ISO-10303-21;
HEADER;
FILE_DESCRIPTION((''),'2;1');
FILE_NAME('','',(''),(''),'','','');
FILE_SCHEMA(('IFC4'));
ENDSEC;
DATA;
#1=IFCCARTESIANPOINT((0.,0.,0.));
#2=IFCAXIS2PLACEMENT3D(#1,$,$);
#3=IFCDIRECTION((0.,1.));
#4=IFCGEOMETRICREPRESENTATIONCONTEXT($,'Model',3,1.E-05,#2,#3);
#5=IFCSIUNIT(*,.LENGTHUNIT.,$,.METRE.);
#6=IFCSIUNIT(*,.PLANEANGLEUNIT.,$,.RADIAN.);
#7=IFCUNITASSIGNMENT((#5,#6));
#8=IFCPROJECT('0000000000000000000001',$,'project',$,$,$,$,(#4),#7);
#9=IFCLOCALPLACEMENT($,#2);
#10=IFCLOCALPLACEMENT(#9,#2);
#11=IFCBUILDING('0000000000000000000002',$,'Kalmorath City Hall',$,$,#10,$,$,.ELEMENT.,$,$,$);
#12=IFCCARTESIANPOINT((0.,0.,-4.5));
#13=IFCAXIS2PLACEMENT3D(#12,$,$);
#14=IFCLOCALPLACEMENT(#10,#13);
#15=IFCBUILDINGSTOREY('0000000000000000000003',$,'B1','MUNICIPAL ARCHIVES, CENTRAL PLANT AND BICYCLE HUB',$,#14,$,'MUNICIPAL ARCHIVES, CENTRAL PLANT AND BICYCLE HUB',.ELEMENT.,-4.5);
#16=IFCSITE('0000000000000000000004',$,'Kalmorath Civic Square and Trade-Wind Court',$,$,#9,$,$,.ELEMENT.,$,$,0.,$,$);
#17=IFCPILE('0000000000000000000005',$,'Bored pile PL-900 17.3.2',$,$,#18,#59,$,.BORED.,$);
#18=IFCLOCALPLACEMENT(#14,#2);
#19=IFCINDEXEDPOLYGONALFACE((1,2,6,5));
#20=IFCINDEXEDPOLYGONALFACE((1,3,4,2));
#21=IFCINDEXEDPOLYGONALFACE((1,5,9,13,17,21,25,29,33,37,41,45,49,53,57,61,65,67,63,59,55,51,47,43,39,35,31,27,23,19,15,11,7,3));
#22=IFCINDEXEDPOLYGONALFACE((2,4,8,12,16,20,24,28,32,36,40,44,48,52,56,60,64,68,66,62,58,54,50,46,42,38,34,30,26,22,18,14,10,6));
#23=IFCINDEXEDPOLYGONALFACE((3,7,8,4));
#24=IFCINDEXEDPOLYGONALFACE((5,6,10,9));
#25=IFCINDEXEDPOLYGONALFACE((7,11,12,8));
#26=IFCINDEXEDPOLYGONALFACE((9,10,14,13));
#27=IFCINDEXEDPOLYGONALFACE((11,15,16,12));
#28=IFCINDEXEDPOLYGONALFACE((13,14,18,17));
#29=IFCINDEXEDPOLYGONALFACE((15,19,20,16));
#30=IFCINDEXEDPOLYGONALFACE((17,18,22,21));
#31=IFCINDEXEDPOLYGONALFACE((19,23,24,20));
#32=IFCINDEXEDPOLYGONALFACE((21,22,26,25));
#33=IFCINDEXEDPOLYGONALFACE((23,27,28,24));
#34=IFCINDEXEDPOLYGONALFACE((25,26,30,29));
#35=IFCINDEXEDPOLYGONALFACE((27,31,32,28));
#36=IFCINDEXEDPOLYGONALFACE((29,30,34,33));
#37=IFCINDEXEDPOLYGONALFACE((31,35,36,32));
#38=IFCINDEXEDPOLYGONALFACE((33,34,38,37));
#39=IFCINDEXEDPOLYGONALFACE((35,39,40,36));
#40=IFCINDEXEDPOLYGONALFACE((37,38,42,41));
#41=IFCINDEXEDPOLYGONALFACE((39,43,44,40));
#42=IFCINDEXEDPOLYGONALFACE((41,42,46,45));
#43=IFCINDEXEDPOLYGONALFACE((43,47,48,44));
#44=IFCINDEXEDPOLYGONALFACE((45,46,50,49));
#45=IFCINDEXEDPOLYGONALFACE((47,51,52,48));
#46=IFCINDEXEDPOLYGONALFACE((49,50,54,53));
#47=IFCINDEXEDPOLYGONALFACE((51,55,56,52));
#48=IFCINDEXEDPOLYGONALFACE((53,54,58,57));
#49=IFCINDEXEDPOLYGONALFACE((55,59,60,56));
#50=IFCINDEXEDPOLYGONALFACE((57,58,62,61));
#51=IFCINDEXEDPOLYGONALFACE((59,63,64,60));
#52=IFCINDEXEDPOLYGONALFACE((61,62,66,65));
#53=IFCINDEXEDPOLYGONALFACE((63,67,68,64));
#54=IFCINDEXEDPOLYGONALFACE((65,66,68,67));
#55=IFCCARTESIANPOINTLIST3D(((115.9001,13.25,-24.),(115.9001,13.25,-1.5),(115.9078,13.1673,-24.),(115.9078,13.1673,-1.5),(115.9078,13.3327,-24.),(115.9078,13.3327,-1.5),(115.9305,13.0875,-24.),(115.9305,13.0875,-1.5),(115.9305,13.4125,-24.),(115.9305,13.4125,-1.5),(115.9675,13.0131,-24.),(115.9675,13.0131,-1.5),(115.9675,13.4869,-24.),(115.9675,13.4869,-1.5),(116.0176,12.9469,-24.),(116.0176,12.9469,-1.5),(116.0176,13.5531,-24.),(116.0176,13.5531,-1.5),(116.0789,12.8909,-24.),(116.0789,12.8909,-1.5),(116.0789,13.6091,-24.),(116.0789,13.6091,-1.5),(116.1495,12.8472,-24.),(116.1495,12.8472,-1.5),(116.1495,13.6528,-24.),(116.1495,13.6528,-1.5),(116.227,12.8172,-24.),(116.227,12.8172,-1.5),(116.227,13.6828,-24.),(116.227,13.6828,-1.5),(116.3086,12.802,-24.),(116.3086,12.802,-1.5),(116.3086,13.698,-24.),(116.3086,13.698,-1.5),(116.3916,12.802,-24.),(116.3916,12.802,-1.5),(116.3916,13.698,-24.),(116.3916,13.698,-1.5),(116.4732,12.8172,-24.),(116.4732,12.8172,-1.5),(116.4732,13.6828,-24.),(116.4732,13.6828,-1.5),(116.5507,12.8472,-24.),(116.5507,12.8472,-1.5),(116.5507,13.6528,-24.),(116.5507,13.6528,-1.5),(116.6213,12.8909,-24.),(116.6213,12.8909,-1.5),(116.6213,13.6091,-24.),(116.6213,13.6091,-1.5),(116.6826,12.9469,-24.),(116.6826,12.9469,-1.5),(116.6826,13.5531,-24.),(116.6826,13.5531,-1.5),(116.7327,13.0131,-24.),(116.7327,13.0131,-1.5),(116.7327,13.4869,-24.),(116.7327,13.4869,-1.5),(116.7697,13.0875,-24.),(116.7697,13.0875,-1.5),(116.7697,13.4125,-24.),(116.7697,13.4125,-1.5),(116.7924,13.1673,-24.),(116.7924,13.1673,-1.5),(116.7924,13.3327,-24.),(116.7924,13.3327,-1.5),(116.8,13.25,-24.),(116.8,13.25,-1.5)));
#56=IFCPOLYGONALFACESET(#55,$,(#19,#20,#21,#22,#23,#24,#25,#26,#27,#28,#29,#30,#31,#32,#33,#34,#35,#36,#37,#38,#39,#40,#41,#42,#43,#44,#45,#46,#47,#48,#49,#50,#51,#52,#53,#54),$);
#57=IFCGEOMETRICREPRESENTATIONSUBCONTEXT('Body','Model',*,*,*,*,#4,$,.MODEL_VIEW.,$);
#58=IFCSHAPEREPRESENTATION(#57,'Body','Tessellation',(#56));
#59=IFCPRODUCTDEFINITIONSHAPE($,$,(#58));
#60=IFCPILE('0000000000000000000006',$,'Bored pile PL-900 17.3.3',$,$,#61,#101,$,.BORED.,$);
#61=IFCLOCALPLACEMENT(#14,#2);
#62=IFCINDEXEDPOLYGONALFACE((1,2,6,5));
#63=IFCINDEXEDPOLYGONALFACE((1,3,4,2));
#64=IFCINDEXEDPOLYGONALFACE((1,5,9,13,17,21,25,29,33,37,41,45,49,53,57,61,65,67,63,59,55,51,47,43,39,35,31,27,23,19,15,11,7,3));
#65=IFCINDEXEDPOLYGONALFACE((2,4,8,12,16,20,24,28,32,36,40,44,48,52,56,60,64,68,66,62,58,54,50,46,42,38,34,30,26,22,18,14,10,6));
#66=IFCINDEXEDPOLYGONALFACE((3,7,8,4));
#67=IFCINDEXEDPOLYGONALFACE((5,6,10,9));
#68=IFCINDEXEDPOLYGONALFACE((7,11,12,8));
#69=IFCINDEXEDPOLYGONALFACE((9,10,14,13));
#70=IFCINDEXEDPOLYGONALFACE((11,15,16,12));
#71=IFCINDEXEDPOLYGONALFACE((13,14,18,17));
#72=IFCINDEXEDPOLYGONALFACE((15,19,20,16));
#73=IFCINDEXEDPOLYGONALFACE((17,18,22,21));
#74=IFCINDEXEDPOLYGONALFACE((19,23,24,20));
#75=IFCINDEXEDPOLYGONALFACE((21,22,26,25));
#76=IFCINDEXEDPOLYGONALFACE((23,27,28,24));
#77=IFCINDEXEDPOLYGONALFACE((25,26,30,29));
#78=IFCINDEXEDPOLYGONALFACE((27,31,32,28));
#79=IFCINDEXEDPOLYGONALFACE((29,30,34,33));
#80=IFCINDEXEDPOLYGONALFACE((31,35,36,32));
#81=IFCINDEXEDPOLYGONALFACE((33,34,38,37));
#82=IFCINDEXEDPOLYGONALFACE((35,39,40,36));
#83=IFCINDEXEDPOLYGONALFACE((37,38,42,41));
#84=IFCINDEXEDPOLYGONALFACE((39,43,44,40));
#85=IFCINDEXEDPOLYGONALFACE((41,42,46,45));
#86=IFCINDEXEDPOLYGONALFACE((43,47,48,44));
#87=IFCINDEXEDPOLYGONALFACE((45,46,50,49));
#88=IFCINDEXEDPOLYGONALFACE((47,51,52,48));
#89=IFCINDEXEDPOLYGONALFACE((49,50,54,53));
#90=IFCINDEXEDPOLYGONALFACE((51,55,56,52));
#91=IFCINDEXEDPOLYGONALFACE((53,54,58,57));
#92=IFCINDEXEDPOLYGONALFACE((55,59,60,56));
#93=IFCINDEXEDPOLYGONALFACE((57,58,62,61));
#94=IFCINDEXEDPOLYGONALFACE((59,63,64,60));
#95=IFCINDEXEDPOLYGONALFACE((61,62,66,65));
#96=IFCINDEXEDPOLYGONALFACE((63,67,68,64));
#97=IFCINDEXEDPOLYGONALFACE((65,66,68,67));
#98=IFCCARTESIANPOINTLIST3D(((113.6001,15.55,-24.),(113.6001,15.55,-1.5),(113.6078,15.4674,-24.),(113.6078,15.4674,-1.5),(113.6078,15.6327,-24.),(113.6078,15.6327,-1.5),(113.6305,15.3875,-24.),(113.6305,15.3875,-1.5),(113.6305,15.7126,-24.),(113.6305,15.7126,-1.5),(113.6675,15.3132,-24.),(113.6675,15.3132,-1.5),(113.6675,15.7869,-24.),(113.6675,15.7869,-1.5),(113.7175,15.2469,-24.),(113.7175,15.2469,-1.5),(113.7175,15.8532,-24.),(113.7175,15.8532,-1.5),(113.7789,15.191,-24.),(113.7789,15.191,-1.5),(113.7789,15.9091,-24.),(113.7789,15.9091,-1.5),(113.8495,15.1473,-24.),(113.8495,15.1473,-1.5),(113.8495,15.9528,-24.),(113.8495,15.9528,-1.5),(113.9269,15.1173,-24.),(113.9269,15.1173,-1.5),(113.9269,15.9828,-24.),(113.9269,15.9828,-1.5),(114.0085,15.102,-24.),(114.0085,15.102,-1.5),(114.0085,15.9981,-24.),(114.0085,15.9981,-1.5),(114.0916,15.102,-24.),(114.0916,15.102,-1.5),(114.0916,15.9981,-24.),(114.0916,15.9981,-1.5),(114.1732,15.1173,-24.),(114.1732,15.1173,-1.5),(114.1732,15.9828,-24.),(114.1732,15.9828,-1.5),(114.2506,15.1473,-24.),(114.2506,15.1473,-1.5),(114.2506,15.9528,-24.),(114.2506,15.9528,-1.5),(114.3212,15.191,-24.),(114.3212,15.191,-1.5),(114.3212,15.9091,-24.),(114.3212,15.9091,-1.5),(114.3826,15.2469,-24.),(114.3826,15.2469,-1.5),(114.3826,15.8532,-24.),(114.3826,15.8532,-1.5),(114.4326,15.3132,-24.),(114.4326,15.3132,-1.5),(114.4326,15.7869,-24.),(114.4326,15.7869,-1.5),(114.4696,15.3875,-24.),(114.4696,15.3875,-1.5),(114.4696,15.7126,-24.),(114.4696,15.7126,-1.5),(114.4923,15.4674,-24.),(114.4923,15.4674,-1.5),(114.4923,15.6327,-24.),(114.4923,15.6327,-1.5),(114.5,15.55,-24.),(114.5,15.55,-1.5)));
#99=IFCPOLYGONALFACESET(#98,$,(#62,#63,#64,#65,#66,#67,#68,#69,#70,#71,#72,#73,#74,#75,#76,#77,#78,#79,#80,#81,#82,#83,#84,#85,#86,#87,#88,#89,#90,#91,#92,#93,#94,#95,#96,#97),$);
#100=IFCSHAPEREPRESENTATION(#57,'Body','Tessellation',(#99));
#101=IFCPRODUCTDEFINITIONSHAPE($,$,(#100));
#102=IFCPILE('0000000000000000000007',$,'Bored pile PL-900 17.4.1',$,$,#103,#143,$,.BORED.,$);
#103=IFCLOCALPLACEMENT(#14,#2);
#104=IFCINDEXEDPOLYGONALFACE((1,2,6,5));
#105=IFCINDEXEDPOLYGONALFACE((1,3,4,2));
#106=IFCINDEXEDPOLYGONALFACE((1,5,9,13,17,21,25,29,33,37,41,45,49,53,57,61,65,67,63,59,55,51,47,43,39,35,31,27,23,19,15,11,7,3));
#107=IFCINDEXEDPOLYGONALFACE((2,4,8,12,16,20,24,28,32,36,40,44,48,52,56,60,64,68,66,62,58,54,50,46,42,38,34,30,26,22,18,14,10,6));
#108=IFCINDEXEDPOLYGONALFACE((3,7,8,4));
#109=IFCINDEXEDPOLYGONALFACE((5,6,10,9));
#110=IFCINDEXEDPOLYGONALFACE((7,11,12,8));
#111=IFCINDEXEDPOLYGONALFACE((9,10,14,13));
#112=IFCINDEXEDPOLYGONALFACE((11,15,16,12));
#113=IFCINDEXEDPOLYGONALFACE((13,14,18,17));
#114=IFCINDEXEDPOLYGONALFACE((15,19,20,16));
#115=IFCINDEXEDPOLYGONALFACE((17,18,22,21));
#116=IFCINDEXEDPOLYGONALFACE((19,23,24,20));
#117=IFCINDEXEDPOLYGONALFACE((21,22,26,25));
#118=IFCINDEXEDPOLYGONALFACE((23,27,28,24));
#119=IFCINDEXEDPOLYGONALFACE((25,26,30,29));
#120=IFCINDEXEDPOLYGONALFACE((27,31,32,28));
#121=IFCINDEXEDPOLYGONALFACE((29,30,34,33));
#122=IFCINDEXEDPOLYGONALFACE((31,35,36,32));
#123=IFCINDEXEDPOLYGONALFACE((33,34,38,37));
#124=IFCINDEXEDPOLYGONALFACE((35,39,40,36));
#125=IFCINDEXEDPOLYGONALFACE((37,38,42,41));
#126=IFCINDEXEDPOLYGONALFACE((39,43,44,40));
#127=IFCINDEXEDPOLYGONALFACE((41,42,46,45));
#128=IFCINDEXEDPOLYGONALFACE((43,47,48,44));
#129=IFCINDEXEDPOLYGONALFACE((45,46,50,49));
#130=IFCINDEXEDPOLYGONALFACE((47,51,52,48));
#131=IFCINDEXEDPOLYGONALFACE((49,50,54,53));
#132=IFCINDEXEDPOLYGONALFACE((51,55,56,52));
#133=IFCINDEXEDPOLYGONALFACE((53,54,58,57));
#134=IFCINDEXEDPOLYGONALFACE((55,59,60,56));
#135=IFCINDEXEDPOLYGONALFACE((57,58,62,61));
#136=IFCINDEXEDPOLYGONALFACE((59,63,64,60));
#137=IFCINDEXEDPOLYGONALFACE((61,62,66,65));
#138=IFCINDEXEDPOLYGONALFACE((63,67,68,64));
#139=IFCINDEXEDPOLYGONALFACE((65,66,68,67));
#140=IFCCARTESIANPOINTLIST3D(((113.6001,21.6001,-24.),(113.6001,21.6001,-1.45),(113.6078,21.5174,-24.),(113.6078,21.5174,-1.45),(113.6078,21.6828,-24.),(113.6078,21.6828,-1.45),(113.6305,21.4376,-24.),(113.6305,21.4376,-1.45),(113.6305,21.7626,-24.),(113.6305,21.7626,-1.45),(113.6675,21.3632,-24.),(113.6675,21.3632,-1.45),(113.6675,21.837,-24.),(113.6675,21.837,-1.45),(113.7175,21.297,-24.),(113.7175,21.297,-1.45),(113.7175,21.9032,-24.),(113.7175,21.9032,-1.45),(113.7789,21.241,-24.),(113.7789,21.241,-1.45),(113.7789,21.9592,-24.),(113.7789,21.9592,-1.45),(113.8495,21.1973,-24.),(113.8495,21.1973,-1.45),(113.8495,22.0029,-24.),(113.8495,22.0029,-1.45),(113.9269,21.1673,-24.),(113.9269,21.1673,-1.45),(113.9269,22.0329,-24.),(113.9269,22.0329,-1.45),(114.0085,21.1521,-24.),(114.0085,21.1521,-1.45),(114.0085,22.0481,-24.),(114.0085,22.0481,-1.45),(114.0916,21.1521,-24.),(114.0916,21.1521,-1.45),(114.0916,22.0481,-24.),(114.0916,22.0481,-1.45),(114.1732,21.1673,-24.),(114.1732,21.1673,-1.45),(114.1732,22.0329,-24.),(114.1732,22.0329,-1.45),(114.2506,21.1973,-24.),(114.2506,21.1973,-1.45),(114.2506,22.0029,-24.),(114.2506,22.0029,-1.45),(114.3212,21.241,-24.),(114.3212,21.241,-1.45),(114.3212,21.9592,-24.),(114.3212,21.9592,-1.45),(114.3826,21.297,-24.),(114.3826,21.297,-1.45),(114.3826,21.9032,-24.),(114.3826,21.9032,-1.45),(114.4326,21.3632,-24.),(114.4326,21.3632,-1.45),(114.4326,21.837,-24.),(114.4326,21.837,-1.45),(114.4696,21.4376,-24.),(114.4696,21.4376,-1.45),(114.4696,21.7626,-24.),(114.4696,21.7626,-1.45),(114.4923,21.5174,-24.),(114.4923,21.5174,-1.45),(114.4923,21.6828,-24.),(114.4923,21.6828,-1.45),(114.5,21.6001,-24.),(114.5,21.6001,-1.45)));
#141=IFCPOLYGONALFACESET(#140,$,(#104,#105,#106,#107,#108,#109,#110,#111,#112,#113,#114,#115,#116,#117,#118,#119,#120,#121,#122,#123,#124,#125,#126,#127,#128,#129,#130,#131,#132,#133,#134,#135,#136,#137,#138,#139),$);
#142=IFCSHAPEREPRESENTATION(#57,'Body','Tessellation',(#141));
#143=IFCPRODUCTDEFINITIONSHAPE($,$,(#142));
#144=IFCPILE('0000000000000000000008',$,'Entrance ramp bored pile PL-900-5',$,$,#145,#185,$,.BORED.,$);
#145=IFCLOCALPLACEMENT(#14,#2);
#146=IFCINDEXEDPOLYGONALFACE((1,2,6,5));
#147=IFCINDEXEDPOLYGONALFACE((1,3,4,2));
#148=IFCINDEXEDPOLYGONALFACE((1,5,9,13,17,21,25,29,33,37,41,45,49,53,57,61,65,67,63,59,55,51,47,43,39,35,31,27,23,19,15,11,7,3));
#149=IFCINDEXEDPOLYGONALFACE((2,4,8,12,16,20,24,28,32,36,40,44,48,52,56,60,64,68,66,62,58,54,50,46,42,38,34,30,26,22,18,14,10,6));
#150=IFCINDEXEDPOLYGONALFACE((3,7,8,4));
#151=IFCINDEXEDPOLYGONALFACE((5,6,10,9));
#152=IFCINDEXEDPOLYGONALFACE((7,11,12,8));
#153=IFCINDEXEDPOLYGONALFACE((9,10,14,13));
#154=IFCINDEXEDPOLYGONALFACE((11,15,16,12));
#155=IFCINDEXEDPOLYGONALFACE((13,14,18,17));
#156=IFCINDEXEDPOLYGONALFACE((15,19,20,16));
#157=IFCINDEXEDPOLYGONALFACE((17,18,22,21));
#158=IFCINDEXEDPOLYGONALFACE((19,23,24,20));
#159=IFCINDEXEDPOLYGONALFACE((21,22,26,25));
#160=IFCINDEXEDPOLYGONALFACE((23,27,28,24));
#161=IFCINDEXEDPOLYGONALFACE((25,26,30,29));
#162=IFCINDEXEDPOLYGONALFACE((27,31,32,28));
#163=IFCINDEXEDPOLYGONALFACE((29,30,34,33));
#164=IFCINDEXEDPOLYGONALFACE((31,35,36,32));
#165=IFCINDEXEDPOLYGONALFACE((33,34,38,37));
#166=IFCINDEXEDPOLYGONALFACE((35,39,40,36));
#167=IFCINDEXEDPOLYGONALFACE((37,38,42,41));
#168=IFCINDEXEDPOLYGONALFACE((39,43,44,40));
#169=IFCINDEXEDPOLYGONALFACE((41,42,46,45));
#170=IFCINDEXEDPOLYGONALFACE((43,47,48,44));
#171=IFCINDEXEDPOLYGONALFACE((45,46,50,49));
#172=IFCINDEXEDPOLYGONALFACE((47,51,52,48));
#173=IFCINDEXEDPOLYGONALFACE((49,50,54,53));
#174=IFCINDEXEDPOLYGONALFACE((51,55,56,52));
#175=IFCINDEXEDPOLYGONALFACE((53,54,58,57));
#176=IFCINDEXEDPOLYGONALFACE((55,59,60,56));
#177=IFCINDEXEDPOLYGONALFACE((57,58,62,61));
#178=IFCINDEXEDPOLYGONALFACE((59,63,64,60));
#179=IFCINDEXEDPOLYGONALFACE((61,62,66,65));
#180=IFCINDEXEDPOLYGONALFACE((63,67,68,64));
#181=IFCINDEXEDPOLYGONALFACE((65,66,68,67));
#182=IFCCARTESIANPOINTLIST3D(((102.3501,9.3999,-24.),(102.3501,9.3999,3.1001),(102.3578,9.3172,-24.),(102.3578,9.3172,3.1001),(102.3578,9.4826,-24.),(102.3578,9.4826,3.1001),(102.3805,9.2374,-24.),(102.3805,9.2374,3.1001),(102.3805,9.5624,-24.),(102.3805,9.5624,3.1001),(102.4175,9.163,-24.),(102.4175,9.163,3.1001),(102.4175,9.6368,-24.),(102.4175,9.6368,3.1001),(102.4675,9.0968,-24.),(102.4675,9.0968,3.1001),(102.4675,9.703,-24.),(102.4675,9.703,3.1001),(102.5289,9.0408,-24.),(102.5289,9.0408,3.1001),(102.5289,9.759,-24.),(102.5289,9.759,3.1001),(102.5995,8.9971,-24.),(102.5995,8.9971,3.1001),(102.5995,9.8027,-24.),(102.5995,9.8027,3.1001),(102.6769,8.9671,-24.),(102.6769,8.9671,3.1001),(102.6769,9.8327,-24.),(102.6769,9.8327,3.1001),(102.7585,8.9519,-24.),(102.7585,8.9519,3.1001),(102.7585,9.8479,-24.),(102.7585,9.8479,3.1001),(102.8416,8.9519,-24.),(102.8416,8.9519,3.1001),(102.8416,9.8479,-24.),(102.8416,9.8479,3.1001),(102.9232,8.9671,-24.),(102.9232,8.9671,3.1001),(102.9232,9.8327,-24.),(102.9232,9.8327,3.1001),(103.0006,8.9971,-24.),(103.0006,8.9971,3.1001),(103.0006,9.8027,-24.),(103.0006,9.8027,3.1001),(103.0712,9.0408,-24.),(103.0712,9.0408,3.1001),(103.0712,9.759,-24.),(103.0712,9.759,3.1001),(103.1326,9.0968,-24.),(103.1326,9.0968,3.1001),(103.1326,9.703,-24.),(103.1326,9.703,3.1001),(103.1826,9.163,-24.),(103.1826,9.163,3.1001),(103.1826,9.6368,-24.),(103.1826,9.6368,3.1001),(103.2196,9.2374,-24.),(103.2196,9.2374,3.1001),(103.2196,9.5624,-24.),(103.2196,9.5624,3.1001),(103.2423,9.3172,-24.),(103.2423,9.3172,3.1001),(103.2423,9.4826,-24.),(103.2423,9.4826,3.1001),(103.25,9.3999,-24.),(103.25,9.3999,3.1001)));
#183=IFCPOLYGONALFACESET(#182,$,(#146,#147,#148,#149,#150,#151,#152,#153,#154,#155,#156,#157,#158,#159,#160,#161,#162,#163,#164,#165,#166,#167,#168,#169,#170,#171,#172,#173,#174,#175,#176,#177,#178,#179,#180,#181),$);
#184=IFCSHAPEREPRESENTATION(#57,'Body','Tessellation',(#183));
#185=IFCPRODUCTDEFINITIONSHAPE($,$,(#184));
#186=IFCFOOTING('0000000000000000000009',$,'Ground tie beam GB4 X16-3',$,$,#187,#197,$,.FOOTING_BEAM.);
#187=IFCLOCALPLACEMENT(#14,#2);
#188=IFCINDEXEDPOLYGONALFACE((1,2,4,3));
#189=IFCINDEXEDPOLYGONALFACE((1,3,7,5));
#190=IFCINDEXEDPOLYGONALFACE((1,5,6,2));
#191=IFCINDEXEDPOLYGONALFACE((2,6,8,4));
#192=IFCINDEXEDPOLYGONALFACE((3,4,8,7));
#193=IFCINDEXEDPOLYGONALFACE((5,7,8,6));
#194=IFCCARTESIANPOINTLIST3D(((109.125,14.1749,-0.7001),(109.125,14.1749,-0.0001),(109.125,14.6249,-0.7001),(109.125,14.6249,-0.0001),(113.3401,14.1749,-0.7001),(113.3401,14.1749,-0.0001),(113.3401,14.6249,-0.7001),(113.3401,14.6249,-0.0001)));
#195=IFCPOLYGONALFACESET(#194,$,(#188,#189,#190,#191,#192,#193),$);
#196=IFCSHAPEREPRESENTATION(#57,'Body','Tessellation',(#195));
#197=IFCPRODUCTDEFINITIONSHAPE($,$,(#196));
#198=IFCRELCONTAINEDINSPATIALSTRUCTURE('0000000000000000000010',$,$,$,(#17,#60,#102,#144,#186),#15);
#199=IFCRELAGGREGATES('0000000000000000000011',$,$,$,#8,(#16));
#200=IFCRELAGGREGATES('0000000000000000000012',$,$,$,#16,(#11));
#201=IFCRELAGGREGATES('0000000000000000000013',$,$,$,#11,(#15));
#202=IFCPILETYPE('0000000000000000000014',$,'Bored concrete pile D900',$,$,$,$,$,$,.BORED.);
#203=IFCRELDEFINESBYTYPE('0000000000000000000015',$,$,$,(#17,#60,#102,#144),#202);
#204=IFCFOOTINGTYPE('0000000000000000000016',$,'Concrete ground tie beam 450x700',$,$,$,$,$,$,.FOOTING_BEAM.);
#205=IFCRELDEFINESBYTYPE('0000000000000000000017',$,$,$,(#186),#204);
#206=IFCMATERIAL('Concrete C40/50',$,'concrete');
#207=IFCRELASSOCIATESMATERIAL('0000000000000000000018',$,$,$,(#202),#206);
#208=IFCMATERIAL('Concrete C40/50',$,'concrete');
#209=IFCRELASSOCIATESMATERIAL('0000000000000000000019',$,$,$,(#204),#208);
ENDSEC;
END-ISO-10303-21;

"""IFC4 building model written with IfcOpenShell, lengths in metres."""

from ifc_helpers import new_model, si_unit, direction, frame, origin, origin_2d, place, context, subcontext, project, spatial, rectangle, circle, extrude, material, material_profile, profile_set, type_object, element, save


model = new_model("IFC4")

# Units and contexts
model_context = context("Model", 3, precision=1e-05, world=origin(), true_north=direction((0.0, 1.0)))
body_context = subcontext(model_context, "Body", "Model", "MODEL_VIEW")
ifc_project = project(units=[si_unit("LENGTHUNIT", "METRE"), si_unit("PLANEANGLEUNIT", "RADIAN")], contexts=[model_context])

# Site, building, storey
site_placement = place(None, origin())
site = spatial("IfcSite", under=ifc_project, at=site_placement, Name="Kalmorath Civic Square and Trade-Wind Court", CompositionType="ELEMENT", RefElevation=0.0)
building_placement = place(site_placement, origin())
building = spatial("IfcBuilding", under=site, at=building_placement, Name="Kalmorath City Hall", CompositionType="ELEMENT")
storey_placement = place(building_placement, frame((0.0, 0.0, -4.5)))
storey = spatial("IfcBuildingStorey", under=building, at=storey_placement, Name="B1", Description="MUNICIPAL ARCHIVES, CENTRAL PLANT AND BICYCLE HUB", LongName="MUNICIPAL ARCHIVES, CENTRAL PLANT AND BICYCLE HUB", CompositionType="ELEMENT", Elevation=-4.5)

# Piles
ifc_material_1 = material(Name="Concrete C40/50", Category="concrete")
ifc_material_profile_1 = material_profile(ifc_material_1, circle(Radius=0.45, at=origin_2d()), Name="PILE-D900")
ifc_profile_set_1 = profile_set([ifc_material_profile_1], Name="Concrete C40/50")
pile_type_1 = type_object("IfcPileType", Name="Bored concrete pile D900", PredefinedType="BORED", material=ifc_profile_set_1)
for number, where, z_axis, x_axis, name in (
    (1, (116.3501, 13.25, -1.5), (0.0, 0.0, -1.0), (1.0, 0.0, 0.0), "Bored pile PL-900 17.3.2"),
    (2, (114.05, 15.55, -1.5), (0.0, 0.0, -1.0), (1.0, 0.0, 0.0), "Bored pile PL-900 17.3.3"),
):
    element("IfcPile", number, at=place(storey_placement, frame(where, z_axis=z_axis, x_axis=x_axis)), inside=storey, type_object=pile_type_1, Name=name, PredefinedType="BORED", context=body_context, shape_type="SweptSolid", body=[
        extrude(circle(Radius=0.45, at=origin_2d()), origin(), (0.0, 0.0, 1.0), 22.5),
    ])
pile_1_placement = place(storey_placement, frame((114.05, 21.6001, -1.45), z_axis=(0.0, 0.0, -1.0), x_axis=(1.0, 0.0, 0.0)))
element("IfcPile", 3, at=pile_1_placement, inside=storey, type_object=pile_type_1, Name="Bored pile PL-900 17.4.1", PredefinedType="BORED", context=body_context, shape_type="SweptSolid", body=[
    extrude(circle(Radius=0.45, at=origin_2d()), origin(), (0.0, 0.0, 1.0), 22.55),
])
pile_2_placement = place(storey_placement, frame((102.8, 9.3999, 3.1001), z_axis=(0.0, 0.0, -1.0), x_axis=(1.0, 0.0, 0.0)))
element("IfcPile", 4, at=pile_2_placement, inside=storey, type_object=pile_type_1, Name="Entrance ramp bored pile PL-900-5", PredefinedType="BORED", context=body_context, shape_type="SweptSolid", body=[
    extrude(circle(Radius=0.45, at=origin_2d()), origin(), (0.0, 0.0, 1.0), 27.1001),
])

# Footing
ifc_material_2 = material(Name="Concrete C40/50", Category="concrete")
ifc_material_profile_2 = material_profile(ifc_material_2, rectangle(XDim=0.45, YDim=0.7, at=origin_2d()), Name="RC-BM-450X700")
ifc_profile_set_2 = profile_set([ifc_material_profile_2], Name="Concrete C40/50")
footing_type_1 = type_object("IfcFootingType", Name="Concrete ground tie beam 450x700", PredefinedType="FOOTING_BEAM", material=ifc_profile_set_2)
footing_1_placement = place(storey_placement, frame((109.125, 14.3999, -0.3501), z_axis=(1.0, 0.0, 0.0), x_axis=(0.0, 1.0, 0.0)))
element("IfcFooting", 5, at=footing_1_placement, inside=storey, type_object=footing_type_1, Name="Ground tie beam GB4 X16-3", PredefinedType="FOOTING_BEAM", context=body_context, shape_type="SweptSolid", body=[
    extrude(rectangle(XDim=0.45, YDim=0.7, at=origin_2d()), origin(), (0.0, 0.0, 1.0), 4.2151),
])

save(model, "model.ifc")
